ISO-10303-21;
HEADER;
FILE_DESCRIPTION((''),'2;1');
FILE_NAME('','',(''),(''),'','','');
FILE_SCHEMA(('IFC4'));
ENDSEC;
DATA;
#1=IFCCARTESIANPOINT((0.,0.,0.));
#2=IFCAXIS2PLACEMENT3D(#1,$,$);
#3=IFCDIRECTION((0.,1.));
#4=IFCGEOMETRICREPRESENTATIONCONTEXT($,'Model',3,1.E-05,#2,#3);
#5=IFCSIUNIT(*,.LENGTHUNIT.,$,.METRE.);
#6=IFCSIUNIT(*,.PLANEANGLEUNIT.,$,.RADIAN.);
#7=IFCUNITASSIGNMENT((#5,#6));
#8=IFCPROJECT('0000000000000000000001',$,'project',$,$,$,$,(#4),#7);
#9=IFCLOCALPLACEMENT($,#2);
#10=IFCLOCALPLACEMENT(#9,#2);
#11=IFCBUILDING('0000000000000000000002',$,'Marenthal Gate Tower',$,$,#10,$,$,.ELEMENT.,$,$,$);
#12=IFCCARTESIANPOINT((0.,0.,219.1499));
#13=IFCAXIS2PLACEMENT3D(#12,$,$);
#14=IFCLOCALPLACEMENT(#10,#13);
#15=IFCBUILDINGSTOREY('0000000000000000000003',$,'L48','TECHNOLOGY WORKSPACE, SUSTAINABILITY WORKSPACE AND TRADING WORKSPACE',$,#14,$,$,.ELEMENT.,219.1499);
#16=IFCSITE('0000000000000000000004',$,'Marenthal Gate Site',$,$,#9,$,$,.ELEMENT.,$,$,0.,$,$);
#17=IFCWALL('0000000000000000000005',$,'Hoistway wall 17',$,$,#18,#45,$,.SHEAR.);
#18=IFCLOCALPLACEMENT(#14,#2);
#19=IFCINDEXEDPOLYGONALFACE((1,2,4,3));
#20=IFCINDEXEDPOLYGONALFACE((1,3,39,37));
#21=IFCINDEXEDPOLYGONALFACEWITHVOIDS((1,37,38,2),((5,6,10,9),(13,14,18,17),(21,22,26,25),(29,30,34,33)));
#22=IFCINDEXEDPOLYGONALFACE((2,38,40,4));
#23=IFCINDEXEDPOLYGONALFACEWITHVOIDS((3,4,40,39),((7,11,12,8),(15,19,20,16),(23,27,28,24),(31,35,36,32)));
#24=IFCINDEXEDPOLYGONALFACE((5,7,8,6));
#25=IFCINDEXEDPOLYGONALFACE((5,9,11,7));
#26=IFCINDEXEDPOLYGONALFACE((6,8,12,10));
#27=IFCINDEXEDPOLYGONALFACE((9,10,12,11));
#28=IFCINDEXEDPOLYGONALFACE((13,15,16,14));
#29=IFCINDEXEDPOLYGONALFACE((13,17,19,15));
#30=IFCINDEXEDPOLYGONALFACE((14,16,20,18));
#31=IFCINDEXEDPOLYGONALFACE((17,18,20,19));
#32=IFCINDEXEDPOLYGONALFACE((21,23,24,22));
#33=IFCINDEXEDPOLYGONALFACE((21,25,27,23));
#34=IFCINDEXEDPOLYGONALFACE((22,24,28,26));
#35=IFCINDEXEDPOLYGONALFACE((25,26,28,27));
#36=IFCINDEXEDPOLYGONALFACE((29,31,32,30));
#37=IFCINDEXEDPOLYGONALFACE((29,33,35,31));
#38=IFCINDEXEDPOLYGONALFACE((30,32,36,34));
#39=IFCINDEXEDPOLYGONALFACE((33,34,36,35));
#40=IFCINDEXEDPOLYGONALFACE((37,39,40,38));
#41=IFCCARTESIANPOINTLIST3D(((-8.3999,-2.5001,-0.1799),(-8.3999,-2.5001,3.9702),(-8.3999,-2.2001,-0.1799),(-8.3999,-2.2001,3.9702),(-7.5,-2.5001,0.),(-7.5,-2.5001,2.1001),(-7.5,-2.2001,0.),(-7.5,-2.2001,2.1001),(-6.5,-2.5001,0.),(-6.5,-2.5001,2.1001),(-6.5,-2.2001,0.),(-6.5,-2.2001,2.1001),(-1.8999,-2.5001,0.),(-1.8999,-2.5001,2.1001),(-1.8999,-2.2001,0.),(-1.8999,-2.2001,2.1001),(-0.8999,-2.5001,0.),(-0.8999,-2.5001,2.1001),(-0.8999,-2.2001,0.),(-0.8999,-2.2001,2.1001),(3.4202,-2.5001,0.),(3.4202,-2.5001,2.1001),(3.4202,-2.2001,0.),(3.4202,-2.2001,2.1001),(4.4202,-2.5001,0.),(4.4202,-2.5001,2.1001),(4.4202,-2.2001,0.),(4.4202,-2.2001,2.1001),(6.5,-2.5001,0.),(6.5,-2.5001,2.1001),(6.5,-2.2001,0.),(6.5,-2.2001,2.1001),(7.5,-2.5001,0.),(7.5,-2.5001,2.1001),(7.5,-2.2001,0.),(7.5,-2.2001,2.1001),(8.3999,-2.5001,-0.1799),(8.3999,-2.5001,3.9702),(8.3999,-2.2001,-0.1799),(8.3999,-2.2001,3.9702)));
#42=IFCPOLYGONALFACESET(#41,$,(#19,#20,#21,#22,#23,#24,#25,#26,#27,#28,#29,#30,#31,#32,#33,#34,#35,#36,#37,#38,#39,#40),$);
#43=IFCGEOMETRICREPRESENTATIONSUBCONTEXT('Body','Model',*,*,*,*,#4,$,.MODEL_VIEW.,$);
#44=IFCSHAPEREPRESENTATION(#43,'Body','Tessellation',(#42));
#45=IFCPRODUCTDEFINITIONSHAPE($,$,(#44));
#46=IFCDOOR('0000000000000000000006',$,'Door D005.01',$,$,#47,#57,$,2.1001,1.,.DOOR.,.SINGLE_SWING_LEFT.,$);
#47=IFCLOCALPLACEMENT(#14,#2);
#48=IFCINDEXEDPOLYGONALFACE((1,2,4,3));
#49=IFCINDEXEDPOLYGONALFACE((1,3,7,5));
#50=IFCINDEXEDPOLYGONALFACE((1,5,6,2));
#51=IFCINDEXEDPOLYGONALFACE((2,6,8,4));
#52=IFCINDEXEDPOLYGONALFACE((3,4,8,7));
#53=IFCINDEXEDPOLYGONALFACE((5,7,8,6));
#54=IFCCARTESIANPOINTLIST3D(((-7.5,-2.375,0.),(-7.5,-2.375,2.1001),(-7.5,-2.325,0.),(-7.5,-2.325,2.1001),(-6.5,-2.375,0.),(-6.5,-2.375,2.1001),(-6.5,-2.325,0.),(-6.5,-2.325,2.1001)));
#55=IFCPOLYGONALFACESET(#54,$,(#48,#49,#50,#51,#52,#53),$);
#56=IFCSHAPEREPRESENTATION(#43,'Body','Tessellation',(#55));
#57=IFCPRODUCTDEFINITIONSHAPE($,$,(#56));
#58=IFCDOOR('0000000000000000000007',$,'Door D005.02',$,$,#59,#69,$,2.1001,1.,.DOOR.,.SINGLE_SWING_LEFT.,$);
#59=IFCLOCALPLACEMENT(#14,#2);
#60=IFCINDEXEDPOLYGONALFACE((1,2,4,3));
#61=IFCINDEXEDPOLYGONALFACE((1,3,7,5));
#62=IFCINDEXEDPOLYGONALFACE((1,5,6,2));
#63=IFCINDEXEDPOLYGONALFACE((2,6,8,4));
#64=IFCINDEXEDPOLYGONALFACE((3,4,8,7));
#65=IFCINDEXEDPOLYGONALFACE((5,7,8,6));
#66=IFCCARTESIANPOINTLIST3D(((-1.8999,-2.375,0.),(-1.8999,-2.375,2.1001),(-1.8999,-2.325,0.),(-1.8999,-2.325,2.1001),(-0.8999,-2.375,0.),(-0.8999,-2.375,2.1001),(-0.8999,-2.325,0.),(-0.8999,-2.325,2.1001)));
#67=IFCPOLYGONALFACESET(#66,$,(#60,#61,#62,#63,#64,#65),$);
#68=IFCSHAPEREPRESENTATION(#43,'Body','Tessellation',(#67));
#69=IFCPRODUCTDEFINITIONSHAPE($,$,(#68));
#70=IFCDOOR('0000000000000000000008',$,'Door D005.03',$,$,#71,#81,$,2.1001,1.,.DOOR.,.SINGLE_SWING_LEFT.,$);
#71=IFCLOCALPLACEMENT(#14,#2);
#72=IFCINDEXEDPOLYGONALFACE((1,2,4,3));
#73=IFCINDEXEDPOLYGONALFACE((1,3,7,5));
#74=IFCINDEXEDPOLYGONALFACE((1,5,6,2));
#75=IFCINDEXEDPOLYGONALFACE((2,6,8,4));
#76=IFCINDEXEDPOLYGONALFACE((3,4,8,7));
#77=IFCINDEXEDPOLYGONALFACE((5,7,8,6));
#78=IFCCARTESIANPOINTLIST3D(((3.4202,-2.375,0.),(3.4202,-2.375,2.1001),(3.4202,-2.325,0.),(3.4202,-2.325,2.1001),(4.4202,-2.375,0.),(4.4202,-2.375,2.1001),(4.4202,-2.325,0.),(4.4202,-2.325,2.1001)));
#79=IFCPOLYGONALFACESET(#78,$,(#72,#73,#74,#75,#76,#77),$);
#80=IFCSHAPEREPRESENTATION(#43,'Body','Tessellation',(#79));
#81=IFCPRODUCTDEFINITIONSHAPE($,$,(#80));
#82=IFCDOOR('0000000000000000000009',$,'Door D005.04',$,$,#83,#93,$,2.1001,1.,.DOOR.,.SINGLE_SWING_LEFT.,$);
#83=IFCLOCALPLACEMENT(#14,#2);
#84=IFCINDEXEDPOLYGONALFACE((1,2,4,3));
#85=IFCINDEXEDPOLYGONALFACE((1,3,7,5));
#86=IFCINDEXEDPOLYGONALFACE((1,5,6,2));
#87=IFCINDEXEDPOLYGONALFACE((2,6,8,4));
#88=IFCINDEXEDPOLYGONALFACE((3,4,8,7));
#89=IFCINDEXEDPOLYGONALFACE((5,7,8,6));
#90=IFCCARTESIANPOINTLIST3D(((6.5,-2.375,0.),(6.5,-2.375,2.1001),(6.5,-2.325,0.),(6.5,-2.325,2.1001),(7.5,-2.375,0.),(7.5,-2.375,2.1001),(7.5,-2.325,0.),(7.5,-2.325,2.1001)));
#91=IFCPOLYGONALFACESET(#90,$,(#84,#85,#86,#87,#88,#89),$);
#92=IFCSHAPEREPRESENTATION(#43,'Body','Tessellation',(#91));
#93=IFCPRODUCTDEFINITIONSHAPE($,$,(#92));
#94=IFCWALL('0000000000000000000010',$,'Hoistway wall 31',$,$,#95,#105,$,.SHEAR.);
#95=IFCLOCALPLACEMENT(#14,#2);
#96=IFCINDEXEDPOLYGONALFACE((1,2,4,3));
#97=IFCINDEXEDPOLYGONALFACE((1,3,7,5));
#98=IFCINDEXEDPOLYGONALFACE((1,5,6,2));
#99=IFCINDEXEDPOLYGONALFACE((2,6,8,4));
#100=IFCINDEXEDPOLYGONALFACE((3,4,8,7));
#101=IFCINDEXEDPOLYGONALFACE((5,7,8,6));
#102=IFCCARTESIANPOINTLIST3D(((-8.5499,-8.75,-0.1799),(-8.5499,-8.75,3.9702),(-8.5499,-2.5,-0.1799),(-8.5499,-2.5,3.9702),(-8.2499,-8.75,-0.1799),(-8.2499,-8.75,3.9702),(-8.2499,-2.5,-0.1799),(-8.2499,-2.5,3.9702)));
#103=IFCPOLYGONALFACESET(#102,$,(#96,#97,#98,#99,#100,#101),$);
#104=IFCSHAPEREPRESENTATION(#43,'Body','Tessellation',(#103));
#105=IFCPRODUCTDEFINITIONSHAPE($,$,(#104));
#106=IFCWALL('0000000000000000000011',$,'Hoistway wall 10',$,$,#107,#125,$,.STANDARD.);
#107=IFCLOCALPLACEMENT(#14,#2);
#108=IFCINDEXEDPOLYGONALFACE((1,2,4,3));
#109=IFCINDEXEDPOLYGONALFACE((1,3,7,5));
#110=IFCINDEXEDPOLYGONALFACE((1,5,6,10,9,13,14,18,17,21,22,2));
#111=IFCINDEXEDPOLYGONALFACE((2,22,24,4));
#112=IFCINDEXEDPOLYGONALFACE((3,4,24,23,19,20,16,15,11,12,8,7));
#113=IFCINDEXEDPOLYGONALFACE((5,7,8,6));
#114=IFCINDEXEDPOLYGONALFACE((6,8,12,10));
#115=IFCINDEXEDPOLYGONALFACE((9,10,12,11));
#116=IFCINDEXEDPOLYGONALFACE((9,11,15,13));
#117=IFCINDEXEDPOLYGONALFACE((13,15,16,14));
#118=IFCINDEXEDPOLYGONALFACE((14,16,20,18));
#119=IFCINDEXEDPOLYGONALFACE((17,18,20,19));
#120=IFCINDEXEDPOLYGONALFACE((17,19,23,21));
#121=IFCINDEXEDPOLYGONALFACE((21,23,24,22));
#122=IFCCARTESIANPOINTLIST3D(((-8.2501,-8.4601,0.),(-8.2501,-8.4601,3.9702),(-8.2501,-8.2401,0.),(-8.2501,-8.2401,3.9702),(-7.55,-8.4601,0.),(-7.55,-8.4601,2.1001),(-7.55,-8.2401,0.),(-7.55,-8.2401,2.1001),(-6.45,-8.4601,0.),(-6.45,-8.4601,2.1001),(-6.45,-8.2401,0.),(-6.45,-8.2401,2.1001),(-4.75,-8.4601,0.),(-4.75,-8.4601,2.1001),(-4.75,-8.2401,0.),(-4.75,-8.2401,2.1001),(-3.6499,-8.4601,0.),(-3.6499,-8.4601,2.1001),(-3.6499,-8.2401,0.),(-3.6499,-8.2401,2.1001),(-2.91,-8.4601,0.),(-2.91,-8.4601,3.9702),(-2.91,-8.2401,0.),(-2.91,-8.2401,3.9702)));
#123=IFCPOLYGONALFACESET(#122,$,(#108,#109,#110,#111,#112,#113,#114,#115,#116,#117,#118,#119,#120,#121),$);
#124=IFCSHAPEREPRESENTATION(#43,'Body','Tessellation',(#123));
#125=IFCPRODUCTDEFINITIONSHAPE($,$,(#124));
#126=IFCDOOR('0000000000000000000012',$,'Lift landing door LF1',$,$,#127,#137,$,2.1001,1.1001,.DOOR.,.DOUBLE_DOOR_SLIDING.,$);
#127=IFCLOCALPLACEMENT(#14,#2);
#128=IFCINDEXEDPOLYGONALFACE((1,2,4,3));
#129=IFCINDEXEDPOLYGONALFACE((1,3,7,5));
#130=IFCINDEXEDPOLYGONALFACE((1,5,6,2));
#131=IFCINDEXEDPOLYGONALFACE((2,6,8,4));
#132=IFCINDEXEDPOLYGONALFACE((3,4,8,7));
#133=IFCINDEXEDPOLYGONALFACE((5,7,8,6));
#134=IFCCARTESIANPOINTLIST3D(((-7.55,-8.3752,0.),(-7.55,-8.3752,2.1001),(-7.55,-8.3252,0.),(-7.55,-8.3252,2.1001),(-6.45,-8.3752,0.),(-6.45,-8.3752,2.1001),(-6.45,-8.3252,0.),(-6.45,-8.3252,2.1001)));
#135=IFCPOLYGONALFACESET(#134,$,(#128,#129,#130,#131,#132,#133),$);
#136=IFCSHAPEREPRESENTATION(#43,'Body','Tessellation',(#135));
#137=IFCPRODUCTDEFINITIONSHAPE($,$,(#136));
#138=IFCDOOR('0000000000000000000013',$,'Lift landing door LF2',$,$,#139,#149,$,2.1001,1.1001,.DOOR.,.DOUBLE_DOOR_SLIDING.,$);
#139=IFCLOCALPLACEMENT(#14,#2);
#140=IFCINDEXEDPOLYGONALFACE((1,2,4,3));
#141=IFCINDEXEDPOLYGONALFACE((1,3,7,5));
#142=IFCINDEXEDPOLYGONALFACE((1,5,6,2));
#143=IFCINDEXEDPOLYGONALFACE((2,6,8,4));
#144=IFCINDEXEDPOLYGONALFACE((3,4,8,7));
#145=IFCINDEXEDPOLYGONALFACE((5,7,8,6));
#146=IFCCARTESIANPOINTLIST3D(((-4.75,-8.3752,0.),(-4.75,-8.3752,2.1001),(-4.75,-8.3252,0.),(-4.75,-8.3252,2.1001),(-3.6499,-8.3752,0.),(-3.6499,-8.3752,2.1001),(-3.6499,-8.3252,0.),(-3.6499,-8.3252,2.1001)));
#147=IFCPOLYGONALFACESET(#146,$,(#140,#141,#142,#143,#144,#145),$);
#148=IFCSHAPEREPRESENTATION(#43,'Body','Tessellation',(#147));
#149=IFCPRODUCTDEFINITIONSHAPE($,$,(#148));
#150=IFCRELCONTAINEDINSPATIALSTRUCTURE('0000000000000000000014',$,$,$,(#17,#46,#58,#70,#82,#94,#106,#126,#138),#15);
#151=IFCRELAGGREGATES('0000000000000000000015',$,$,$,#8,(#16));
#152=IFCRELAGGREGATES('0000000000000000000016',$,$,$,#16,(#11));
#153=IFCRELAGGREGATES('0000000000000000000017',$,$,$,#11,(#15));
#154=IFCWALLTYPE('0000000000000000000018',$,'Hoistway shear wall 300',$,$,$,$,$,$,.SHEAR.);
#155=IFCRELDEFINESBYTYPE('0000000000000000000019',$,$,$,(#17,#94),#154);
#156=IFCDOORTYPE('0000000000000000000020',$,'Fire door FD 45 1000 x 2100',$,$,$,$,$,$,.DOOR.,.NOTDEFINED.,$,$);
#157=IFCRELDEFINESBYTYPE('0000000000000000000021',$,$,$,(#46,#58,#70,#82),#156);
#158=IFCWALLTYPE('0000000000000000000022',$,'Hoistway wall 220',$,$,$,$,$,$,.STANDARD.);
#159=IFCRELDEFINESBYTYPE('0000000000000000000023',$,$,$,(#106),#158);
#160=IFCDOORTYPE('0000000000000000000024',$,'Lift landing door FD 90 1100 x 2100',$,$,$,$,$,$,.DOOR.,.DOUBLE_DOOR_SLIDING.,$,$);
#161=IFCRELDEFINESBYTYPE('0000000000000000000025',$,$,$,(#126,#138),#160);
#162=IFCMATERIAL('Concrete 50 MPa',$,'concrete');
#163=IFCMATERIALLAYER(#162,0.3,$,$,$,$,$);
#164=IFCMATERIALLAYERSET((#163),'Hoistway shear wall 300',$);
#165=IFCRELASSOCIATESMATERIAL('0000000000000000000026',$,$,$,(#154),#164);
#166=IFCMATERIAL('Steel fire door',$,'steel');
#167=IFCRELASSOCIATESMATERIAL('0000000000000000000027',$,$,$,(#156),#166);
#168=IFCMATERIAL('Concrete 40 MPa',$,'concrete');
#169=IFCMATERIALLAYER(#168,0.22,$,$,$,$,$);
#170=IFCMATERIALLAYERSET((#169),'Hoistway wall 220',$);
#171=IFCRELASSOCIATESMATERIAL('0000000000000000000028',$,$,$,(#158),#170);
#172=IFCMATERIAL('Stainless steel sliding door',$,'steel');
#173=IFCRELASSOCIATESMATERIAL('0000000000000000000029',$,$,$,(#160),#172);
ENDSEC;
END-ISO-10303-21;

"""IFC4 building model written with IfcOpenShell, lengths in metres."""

from ifc_helpers import new_model, si_unit, direction, frame, frame_2d, origin, place, context, subcontext, project, spatial, rectangle, extrude, material, layer, layer_set, type_object, element, fill, save


model = new_model("IFC4")

# Units and contexts
model_context = context("Model", 3, precision=1e-05, world=origin(), true_north=direction((0.0, 1.0)))
body_context = subcontext(model_context, "Body", "Model", "MODEL_VIEW")
ifc_project = project(units=[si_unit("LENGTHUNIT", "METRE"), si_unit("PLANEANGLEUNIT", "RADIAN")], contexts=[model_context])

# Site, building, storey
site_placement = place(None, origin())
site = spatial("IfcSite", under=ifc_project, at=site_placement, Name="Marenthal Gate Site", CompositionType="ELEMENT", RefElevation=0.0)
building_placement = place(site_placement, origin())
building = spatial("IfcBuilding", under=site, at=building_placement, Name="Marenthal Gate Tower", CompositionType="ELEMENT")
storey_placement = place(building_placement, frame((0.0, 0.0, 219.1499)))
storey = spatial("IfcBuildingStorey", under=building, at=storey_placement, Name="L48", Description="TECHNOLOGY WORKSPACE, SUSTAINABILITY WORKSPACE AND TRADING WORKSPACE", CompositionType="ELEMENT", Elevation=219.1499)

# Wall, openings, doors
ifc_material_1 = material(Name="Concrete 50 MPa", Category="concrete")
ifc_layer_1 = layer(ifc_material_1, 0.3)
ifc_layer_set_1 = layer_set([ifc_layer_1], Name="Hoistway shear wall 300")
wall_type_1 = type_object("IfcWallType", Name="Hoistway shear wall 300", PredefinedType="SHEAR", material=ifc_layer_set_1)
wall_1_placement = place(storey_placement, frame((-8.3999, -2.3501, -0.1799), z_axis=(0.0, 0.0, 1.0), x_axis=(1.0, 0.0, 0.0)))
wall_1 = element("IfcWall", 1, at=wall_1_placement, inside=storey, type_object=wall_type_1, Name="Hoistway wall 17", PredefinedType="SHEAR", context=body_context, shape_type="SweptSolid", body=[
    extrude(rectangle(XDim=16.7998, YDim=0.3, at=frame_2d((8.3999, 0.0))), origin(), (0.0, 0.0, 1.0), 4.1501),
])
opening_1_placement = place(wall_1_placement, frame((0.8999, 0.0, 0.1799)))
opening_1 = element("IfcOpeningElement", 2, at=opening_1_placement, cuts=wall_1, PredefinedType="OPENING", context=body_context, shape_type="SweptSolid", body=[
    extrude(rectangle(XDim=1.0, YDim=2.1001, at=frame_2d((0.5, 1.05))), frame((0.0, 0.1602, 0.0), z_axis=(0.0, -1.0, 0.0), x_axis=(1.0, 0.0, 0.0)), (0.0, 0.0, 1.0), 0.3201),
])
opening_2_placement = place(wall_1_placement, frame((6.5, 0.0, 0.1799)))
opening_2 = element("IfcOpeningElement", 3, at=opening_2_placement, cuts=wall_1, PredefinedType="OPENING", context=body_context, shape_type="SweptSolid", body=[
    extrude(rectangle(XDim=1.0, YDim=2.1001, at=frame_2d((0.5, 1.05))), frame((0.0, 0.1602, 0.0), z_axis=(0.0, -1.0, 0.0), x_axis=(1.0, 0.0, 0.0)), (0.0, 0.0, 1.0), 0.3201),
])
opening_3_placement = place(wall_1_placement, frame((11.8201, 0.0, 0.1799)))
opening_3 = element("IfcOpeningElement", 4, at=opening_3_placement, cuts=wall_1, PredefinedType="OPENING", context=body_context, shape_type="SweptSolid", body=[
    extrude(rectangle(XDim=1.0, YDim=2.1001, at=frame_2d((0.5, 1.05))), frame((0.0, 0.1602, 0.0), z_axis=(0.0, -1.0, 0.0), x_axis=(1.0, 0.0, 0.0)), (0.0, 0.0, 1.0), 0.3201),
])
opening_4_placement = place(wall_1_placement, frame((14.8999, 0.0, 0.1799)))
opening_4 = element("IfcOpeningElement", 5, at=opening_4_placement, cuts=wall_1, PredefinedType="OPENING", context=body_context, shape_type="SweptSolid", body=[
    extrude(rectangle(XDim=1.0, YDim=2.1001, at=frame_2d((0.5, 1.05))), frame((0.0, 0.1602, 0.0), z_axis=(0.0, -1.0, 0.0), x_axis=(1.0, 0.0, 0.0)), (0.0, 0.0, 1.0), 0.3201),
])
ifc_material_2 = material(Name="Steel fire door", Category="steel")
door_type_1 = type_object("IfcDoorType", Name="Fire door FD 45 1000 x 2100", OperationType="NOTDEFINED", PredefinedType="DOOR", material=ifc_material_2)
door_1_placement = place(opening_1_placement, frame((1.0, 0.0, 0.0), z_axis=(0.0, 0.0, 1.0), x_axis=(-1.0, 0.0, 0.0)))
door_1 = element("IfcDoor", 6, at=door_1_placement, inside=storey, type_object=door_type_1, Name="Door D005.01", OperationType="SINGLE_SWING_LEFT", OverallHeight=2.1001, OverallWidth=1.0, PredefinedType="DOOR", context=body_context, shape_type="SweptSolid", body=[
    extrude(rectangle(XDim=1.0, YDim=2.1001, at=frame_2d((0.5, 1.05))), frame((0.0, 0.0249, 0.0), z_axis=(0.0, -1.0, 0.0), x_axis=(1.0, 0.0, 0.0)), (0.0, 0.0, 1.0), 0.05),
])
fill(opening_1, door_1)
door_2_placement = place(opening_2_placement, frame((1.0, 0.0, 0.0), z_axis=(0.0, 0.0, 1.0), x_axis=(-1.0, 0.0, 0.0)))
door_2 = element("IfcDoor", 7, at=door_2_placement, inside=storey, type_object=door_type_1, Name="Door D005.02", OperationType="SINGLE_SWING_LEFT", OverallHeight=2.1001, OverallWidth=1.0, PredefinedType="DOOR", context=body_context, shape_type="SweptSolid", body=[
    extrude(rectangle(XDim=1.0, YDim=2.1001, at=frame_2d((0.5, 1.05))), frame((0.0, 0.0249, 0.0), z_axis=(0.0, -1.0, 0.0), x_axis=(1.0, 0.0, 0.0)), (0.0, 0.0, 1.0), 0.05),
])
fill(opening_2, door_2)
door_3_placement = place(opening_3_placement, frame((1.0, 0.0, 0.0), z_axis=(0.0, 0.0, 1.0), x_axis=(-1.0, 0.0, 0.0)))
door_3 = element("IfcDoor", 8, at=door_3_placement, inside=storey, type_object=door_type_1, Name="Door D005.03", OperationType="SINGLE_SWING_LEFT", OverallHeight=2.1001, OverallWidth=1.0, PredefinedType="DOOR", context=body_context, shape_type="SweptSolid", body=[
    extrude(rectangle(XDim=1.0, YDim=2.1001, at=frame_2d((0.5, 1.05))), frame((0.0, 0.0249, 0.0), z_axis=(0.0, -1.0, 0.0), x_axis=(1.0, 0.0, 0.0)), (0.0, 0.0, 1.0), 0.05),
])
fill(opening_3, door_3)
door_4_placement = place(opening_4_placement, frame((1.0, 0.0, 0.0), z_axis=(0.0, 0.0, 1.0), x_axis=(-1.0, 0.0, 0.0)))
door_4 = element("IfcDoor", 9, at=door_4_placement, inside=storey, type_object=door_type_1, Name="Door D005.04", OperationType="SINGLE_SWING_LEFT", OverallHeight=2.1001, OverallWidth=1.0, PredefinedType="DOOR", context=body_context, shape_type="SweptSolid", body=[
    extrude(rectangle(XDim=1.0, YDim=2.1001, at=frame_2d((0.5, 1.05))), frame((0.0, 0.0249, 0.0), z_axis=(0.0, -1.0, 0.0), x_axis=(1.0, 0.0, 0.0)), (0.0, 0.0, 1.0), 0.05),
])
fill(opening_4, door_4)

# Wall
wall_2_placement = place(storey_placement, frame((-8.3999, -8.75, -0.1799), z_axis=(0.0, 0.0, 1.0), x_axis=(0.0, 1.0, 0.0)))
element("IfcWall", 10, at=wall_2_placement, inside=storey, type_object=wall_type_1, Name="Hoistway wall 31", PredefinedType="SHEAR", context=body_context, shape_type="SweptSolid", body=[
    extrude(rectangle(XDim=6.25, YDim=0.3, at=frame_2d((3.125, 0.0))), origin(), (0.0, 0.0, 1.0), 4.1501),
])

# Wall, openings, doors
ifc_material_3 = material(Name="Concrete 40 MPa", Category="concrete")
ifc_layer_2 = layer(ifc_material_3, 0.22)
ifc_layer_set_2 = layer_set([ifc_layer_2], Name="Hoistway wall 220")
wall_type_2 = type_object("IfcWallType", Name="Hoistway wall 220", PredefinedType="STANDARD", material=ifc_layer_set_2)
wall_3_placement = place(storey_placement, frame((-8.25, -8.3501, 0.0), z_axis=(0.0, 0.0, 1.0), x_axis=(1.0, 0.0, 0.0)))
wall_3 = element("IfcWall", 11, at=wall_3_placement, inside=storey, type_object=wall_type_2, Name="Hoistway wall 10", PredefinedType="STANDARD", context=body_context, shape_type="SweptSolid", body=[
    extrude(rectangle(XDim=5.3401, YDim=0.22, at=frame_2d((2.6699, 0.0))), origin(), (0.0, 0.0, 1.0), 3.9702),
])
opening_5_placement = place(wall_3_placement, frame((0.7, 0.0, 0.0)))
opening_5 = element("IfcOpeningElement", 12, at=opening_5_placement, cuts=wall_3, PredefinedType="OPENING", context=body_context, shape_type="SweptSolid", body=[
    extrude(rectangle(XDim=1.1001, YDim=2.1001, at=frame_2d((0.55, 1.05))), frame((0.0, 0.1201, 0.0), z_axis=(0.0, -1.0, 0.0), x_axis=(1.0, 0.0, 0.0)), (0.0, 0.0, 1.0), 0.24),
])
opening_6_placement = place(wall_3_placement, frame((3.5, 0.0, 0.0)))
opening_6 = element("IfcOpeningElement", 13, at=opening_6_placement, cuts=wall_3, PredefinedType="OPENING", context=body_context, shape_type="SweptSolid", body=[
    extrude(rectangle(XDim=1.1001, YDim=2.1001, at=frame_2d((0.55, 1.05))), frame((0.0, 0.1201, 0.0), z_axis=(0.0, -1.0, 0.0), x_axis=(1.0, 0.0, 0.0)), (0.0, 0.0, 1.0), 0.24),
])
ifc_material_4 = material(Name="Stainless steel sliding door", Category="steel")
door_type_2 = type_object("IfcDoorType", Name="Lift landing door FD 90 1100 x 2100", OperationType="DOUBLE_DOOR_SLIDING", PredefinedType="DOOR", material=ifc_material_4)
door_5_placement = place(opening_5_placement, origin())
door_5 = element("IfcDoor", 14, at=door_5_placement, inside=storey, type_object=door_type_2, Name="Lift landing door LF1", OperationType="DOUBLE_DOOR_SLIDING", OverallHeight=2.1001, OverallWidth=1.1001, PredefinedType="DOOR", context=body_context, shape_type="SweptSolid", body=[
    extrude(rectangle(XDim=1.1001, YDim=2.1001, at=frame_2d((0.55, 1.05))), frame((0.0, 0.0249, 0.0), z_axis=(0.0, -1.0, 0.0), x_axis=(1.0, 0.0, 0.0)), (0.0, 0.0, 1.0), 0.05),
])
fill(opening_5, door_5)
door_6_placement = place(opening_6_placement, origin())
door_6 = element("IfcDoor", 15, at=door_6_placement, inside=storey, type_object=door_type_2, Name="Lift landing door LF2", OperationType="DOUBLE_DOOR_SLIDING", OverallHeight=2.1001, OverallWidth=1.1001, PredefinedType="DOOR", context=body_context, shape_type="SweptSolid", body=[
    extrude(rectangle(XDim=1.1001, YDim=2.1001, at=frame_2d((0.55, 1.05))), frame((0.0, 0.0249, 0.0), z_axis=(0.0, -1.0, 0.0), x_axis=(1.0, 0.0, 0.0)), (0.0, 0.0, 1.0), 0.05),
])
fill(opening_6, door_6)

save(model, "model.ifc")
